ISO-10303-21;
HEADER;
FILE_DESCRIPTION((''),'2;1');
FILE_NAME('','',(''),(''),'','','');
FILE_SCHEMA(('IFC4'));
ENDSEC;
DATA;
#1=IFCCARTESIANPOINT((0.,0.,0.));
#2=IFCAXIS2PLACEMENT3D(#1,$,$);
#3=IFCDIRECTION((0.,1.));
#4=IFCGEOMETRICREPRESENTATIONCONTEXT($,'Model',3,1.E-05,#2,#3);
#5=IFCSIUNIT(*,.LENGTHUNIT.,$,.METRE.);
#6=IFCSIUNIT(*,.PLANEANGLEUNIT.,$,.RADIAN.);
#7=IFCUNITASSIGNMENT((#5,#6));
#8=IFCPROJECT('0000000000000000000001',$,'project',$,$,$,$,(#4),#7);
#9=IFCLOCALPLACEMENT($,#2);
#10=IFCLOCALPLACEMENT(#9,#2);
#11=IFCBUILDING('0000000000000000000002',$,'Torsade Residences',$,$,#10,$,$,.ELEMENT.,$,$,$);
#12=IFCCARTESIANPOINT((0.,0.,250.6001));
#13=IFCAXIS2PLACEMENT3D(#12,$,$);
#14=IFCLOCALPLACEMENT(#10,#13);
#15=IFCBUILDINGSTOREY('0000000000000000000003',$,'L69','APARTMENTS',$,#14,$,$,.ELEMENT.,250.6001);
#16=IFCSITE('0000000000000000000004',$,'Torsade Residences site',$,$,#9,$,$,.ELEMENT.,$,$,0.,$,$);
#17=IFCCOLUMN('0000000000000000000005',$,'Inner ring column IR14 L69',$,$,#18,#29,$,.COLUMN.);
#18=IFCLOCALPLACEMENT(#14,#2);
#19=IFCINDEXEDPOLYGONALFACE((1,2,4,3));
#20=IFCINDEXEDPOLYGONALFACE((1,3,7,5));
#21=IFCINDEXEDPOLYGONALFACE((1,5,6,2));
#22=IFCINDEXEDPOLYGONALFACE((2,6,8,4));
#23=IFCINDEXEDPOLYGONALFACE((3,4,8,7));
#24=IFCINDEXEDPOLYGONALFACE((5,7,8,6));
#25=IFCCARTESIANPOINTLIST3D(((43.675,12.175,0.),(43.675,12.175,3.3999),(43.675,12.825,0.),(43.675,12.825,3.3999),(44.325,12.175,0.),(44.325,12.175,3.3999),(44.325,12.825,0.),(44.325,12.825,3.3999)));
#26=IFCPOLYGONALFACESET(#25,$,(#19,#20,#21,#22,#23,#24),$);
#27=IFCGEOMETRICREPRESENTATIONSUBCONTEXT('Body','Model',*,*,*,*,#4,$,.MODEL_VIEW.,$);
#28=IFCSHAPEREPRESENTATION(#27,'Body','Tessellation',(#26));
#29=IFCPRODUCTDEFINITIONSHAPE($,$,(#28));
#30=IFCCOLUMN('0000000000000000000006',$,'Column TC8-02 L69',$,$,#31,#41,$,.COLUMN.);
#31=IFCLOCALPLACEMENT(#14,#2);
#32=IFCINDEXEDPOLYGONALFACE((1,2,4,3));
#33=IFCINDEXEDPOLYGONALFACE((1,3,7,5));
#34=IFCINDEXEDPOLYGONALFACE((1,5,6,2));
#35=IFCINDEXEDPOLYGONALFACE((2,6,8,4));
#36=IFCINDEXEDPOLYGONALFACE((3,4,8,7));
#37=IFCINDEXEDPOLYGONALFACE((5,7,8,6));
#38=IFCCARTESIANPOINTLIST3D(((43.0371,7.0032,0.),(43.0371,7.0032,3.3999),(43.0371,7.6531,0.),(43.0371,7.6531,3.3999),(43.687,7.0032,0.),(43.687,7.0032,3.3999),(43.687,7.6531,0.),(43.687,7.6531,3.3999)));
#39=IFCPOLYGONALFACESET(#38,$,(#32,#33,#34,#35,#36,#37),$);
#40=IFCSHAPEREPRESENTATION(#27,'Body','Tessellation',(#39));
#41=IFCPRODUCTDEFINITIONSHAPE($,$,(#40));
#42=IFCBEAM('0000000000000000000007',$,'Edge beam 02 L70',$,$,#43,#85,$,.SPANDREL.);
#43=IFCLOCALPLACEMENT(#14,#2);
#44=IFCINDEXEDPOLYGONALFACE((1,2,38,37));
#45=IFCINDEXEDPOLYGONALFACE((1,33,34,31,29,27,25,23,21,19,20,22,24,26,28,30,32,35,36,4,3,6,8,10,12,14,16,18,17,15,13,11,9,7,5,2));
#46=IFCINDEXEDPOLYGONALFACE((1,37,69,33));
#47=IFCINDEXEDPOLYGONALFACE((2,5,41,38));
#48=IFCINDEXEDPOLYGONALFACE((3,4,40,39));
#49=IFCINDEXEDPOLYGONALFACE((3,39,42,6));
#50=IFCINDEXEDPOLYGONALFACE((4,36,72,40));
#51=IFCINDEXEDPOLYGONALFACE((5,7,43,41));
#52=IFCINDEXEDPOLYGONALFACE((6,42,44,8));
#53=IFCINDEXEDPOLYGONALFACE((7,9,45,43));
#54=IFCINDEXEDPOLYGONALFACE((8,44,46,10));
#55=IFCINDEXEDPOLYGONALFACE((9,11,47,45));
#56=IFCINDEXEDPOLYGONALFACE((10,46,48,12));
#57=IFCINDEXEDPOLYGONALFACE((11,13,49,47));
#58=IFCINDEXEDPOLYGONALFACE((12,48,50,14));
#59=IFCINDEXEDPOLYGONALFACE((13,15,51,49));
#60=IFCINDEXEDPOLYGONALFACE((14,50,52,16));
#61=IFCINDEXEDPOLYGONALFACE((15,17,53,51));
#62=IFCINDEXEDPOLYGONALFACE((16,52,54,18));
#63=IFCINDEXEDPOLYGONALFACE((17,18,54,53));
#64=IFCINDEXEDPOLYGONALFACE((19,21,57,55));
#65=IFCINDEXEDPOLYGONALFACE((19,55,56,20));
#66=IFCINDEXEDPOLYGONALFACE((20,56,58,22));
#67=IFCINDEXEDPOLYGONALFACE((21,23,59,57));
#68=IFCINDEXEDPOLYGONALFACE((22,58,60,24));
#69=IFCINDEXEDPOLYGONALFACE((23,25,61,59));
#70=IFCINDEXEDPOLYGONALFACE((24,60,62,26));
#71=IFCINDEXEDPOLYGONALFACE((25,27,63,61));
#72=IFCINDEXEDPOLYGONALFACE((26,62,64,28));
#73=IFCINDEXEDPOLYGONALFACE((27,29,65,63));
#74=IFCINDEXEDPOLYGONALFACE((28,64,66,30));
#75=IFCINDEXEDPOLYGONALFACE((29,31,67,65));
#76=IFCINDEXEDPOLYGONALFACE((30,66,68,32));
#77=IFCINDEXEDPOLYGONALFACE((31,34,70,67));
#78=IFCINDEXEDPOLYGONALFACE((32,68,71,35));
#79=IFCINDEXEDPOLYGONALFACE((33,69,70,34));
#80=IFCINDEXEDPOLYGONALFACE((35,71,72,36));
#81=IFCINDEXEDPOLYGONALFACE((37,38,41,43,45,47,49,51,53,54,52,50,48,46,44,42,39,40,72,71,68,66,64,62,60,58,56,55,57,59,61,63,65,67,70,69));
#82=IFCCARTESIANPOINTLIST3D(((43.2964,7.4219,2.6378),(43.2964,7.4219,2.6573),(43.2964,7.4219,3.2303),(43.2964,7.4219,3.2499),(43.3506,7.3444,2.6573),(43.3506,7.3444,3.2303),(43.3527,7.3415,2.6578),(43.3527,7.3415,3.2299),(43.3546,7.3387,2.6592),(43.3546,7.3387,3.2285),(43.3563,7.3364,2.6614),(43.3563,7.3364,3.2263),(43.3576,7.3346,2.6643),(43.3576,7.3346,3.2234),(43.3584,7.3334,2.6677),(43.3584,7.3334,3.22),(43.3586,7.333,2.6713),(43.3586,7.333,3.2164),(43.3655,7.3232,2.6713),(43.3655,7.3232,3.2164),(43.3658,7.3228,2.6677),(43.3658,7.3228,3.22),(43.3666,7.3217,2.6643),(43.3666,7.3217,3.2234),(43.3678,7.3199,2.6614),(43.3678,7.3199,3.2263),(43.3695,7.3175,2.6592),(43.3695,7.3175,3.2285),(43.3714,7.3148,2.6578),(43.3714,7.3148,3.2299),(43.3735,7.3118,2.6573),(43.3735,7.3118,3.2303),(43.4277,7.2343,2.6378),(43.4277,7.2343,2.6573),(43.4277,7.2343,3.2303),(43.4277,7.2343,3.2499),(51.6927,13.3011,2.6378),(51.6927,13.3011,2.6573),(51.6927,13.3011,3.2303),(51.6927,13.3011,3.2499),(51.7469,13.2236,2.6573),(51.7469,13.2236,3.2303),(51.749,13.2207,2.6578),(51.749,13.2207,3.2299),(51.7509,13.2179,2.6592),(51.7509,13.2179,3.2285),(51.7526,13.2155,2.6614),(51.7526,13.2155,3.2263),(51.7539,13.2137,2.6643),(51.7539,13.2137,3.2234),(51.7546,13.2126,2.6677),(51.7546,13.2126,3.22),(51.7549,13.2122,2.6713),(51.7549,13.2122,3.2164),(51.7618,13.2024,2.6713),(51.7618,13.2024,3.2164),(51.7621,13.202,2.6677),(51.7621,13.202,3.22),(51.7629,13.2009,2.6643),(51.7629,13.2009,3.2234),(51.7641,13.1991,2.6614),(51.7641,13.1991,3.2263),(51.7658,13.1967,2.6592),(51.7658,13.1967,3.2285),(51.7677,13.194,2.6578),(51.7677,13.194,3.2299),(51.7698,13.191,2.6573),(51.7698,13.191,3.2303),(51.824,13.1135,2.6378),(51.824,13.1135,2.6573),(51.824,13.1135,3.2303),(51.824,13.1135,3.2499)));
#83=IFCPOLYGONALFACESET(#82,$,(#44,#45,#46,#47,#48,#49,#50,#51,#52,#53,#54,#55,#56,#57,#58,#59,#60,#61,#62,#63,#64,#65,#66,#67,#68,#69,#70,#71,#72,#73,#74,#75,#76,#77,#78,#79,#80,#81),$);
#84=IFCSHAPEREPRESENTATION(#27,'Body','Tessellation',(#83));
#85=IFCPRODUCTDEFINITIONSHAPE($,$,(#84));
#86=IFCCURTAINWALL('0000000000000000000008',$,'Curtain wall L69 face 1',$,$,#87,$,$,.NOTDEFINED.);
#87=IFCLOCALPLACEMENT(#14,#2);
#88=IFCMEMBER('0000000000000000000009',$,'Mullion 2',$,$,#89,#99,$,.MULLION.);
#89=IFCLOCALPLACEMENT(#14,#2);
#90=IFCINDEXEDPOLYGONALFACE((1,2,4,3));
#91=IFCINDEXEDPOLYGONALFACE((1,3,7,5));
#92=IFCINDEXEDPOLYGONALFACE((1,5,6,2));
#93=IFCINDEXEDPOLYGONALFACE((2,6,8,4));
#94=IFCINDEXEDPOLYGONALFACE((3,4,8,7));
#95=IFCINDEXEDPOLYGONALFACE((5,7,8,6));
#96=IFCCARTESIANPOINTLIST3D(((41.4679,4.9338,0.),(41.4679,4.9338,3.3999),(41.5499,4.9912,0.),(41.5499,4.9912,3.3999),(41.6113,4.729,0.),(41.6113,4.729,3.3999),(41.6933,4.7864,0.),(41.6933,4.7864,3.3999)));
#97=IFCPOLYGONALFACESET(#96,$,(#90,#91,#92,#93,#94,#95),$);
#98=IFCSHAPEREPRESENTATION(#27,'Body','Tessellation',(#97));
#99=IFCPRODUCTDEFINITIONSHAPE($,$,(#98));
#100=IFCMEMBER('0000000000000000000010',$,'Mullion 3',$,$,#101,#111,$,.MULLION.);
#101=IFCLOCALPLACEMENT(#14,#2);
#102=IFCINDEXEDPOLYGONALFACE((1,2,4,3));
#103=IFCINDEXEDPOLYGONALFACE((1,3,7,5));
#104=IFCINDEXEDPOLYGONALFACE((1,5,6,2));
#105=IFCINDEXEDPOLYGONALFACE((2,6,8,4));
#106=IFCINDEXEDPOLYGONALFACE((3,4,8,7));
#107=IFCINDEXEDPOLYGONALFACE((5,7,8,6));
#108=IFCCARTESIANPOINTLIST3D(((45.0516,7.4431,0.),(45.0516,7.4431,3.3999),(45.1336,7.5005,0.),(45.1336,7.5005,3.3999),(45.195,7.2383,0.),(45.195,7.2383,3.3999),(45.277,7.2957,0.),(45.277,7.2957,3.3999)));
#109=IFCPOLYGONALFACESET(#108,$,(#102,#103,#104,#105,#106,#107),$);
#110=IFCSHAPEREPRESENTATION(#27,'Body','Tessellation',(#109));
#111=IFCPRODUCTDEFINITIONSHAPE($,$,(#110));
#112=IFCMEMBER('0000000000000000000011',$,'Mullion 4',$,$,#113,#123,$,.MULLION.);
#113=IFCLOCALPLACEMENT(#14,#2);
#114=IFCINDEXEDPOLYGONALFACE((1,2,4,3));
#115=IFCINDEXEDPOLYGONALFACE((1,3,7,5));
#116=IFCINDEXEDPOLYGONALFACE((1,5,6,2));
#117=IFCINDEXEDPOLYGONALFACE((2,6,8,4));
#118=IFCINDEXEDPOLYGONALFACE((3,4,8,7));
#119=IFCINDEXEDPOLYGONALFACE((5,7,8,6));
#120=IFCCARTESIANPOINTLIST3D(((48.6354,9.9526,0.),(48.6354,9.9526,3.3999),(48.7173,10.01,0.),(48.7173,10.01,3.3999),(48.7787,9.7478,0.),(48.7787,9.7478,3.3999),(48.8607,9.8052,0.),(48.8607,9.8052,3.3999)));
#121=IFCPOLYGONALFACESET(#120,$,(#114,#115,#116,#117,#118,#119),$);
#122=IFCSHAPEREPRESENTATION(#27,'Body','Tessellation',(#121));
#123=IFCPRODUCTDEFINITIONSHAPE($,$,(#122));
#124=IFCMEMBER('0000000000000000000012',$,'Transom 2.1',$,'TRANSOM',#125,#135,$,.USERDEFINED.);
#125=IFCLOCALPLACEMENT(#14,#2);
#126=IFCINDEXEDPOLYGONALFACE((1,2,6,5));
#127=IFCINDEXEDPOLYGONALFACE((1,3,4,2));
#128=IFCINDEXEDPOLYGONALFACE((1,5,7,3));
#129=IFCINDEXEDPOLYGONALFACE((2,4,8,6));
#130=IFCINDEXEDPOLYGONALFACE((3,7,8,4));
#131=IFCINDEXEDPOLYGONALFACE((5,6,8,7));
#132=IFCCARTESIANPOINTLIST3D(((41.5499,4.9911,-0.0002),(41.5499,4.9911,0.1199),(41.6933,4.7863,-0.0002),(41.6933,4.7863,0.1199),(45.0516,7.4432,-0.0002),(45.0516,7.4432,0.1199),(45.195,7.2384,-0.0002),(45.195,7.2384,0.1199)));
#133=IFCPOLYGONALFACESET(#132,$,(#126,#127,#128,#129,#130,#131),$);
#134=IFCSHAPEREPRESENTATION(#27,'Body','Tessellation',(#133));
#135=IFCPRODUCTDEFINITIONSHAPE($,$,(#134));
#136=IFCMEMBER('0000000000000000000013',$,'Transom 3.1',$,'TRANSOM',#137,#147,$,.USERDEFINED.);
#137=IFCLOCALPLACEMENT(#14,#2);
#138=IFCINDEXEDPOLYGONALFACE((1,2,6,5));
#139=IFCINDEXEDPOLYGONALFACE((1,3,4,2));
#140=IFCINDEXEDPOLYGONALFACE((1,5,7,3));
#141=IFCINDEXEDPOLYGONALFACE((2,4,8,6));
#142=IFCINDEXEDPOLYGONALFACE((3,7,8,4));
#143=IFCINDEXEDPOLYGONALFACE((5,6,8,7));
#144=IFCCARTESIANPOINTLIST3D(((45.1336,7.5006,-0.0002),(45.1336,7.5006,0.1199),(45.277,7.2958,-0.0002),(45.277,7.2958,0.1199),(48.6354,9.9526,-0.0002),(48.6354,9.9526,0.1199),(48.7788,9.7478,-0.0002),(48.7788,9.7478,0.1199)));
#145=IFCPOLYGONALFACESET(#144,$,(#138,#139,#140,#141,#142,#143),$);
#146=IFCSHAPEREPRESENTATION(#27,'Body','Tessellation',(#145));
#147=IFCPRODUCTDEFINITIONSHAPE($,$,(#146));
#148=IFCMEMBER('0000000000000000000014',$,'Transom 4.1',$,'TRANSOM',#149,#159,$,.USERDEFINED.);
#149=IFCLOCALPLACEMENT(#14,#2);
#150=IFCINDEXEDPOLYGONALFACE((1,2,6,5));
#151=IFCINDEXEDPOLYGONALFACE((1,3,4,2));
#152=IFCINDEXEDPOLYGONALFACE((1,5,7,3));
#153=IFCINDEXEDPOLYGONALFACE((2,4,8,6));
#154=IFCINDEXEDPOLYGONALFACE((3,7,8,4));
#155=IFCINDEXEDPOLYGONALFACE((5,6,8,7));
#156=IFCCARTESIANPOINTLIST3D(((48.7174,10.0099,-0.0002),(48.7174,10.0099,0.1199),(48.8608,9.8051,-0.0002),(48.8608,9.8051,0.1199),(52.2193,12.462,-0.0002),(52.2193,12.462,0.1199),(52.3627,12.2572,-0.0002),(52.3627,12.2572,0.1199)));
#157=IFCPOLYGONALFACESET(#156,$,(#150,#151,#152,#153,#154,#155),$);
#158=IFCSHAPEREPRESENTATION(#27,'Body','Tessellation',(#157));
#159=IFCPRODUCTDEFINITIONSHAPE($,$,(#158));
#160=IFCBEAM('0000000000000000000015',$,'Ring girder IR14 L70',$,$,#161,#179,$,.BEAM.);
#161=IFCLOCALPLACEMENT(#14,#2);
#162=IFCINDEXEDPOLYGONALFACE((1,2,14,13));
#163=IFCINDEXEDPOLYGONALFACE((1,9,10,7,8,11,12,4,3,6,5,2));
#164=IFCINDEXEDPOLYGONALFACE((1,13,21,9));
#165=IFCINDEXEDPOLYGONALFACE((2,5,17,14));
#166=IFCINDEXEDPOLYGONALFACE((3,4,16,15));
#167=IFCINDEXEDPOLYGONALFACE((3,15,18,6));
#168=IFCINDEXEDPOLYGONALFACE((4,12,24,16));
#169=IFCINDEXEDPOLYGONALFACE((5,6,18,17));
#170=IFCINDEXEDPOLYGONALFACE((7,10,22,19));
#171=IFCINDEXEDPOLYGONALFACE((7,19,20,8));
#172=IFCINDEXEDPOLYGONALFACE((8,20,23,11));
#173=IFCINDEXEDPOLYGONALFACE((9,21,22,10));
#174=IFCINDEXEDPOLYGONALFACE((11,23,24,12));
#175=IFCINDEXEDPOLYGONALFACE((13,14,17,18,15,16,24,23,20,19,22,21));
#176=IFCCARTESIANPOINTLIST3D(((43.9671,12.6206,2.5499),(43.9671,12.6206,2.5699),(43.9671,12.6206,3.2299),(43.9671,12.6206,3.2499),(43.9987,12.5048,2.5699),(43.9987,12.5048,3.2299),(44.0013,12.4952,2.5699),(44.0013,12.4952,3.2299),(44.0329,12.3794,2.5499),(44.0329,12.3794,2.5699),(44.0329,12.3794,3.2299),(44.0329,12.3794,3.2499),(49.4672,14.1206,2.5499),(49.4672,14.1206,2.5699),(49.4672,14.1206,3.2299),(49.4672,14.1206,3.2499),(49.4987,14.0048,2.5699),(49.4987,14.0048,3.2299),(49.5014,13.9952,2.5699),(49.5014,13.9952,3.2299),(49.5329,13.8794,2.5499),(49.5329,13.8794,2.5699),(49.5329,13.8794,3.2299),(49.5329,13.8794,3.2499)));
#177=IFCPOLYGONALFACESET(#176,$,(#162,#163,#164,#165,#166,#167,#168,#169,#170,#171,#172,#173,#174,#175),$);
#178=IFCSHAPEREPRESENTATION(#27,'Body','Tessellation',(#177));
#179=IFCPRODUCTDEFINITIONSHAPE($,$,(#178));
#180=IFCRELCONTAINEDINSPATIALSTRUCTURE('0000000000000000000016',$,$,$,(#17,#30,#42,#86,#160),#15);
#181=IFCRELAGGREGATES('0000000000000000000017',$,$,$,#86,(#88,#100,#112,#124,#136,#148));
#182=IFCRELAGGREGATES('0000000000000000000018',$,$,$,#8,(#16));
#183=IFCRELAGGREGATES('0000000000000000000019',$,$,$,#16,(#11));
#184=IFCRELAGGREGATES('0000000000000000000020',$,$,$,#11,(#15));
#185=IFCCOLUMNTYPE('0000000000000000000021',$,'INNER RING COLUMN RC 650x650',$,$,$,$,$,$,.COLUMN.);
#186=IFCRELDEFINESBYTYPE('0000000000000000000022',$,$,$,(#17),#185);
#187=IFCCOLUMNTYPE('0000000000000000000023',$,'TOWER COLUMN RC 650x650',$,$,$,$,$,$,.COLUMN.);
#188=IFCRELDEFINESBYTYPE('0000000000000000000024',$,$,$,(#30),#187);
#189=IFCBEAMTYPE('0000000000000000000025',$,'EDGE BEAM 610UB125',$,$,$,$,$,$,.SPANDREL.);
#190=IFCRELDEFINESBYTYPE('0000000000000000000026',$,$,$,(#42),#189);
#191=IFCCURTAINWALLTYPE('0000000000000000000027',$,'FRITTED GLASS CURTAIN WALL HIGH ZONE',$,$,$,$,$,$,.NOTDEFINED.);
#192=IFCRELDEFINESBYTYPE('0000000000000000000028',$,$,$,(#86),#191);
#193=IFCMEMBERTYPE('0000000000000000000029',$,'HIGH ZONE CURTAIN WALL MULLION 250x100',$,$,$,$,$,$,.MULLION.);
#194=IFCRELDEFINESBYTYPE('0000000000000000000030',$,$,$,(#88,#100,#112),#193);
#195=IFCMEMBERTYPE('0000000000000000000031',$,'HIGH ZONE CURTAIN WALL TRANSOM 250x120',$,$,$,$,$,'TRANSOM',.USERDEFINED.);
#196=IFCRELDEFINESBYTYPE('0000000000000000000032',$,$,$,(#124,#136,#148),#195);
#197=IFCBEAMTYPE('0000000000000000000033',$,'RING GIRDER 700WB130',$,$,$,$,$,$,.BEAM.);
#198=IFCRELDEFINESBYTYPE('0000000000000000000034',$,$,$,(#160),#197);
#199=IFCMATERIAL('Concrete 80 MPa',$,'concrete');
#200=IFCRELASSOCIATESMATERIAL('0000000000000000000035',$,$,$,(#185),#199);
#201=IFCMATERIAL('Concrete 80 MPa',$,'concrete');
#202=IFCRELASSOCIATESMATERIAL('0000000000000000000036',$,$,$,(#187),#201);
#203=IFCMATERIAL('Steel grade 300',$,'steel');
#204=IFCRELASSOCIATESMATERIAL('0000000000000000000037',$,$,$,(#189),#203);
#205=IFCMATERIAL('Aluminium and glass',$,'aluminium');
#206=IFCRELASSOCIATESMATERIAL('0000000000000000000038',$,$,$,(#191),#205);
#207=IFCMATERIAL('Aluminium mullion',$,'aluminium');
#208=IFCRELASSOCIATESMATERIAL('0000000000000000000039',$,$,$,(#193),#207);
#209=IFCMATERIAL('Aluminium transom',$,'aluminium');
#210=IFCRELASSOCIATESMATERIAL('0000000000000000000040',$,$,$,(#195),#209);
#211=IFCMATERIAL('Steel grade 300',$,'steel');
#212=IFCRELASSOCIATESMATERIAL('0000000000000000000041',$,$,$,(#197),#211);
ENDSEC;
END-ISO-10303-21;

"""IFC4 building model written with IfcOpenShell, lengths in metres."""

from ifc_helpers import new_model, si_unit, direction, frame, origin, origin_2d, place, context, subcontext, project, spatial, rectangle, i_section, extrude, material, material_profile, profile_set, type_object, element, aggregate, save


model = new_model("IFC4")

# Units and contexts
model_context = context("Model", 3, precision=1e-05, world=origin(), true_north=direction((0.0, 1.0)))
body_context = subcontext(model_context, "Body", "Model", "MODEL_VIEW")
ifc_project = project(units=[si_unit("LENGTHUNIT", "METRE"), si_unit("PLANEANGLEUNIT", "RADIAN")], contexts=[model_context])

# Site, building, storey
site_placement = place(None, origin())
site = spatial("IfcSite", under=ifc_project, at=site_placement, Name="Torsade Residences site", CompositionType="ELEMENT", RefElevation=0.0)
building_placement = place(site_placement, origin())
building = spatial("IfcBuilding", under=site, at=building_placement, Name="Torsade Residences", CompositionType="ELEMENT")
storey_placement = place(building_placement, frame((0.0, 0.0, 250.6001)))
storey = spatial("IfcBuildingStorey", under=building, at=storey_placement, Name="L69", Description="APARTMENTS", CompositionType="ELEMENT", Elevation=250.6001)

# Columns
ifc_material_1 = material(Name="Concrete 80 MPa", Category="concrete")
ifc_material_profile_1 = material_profile(ifc_material_1, rectangle(XDim=0.6499, YDim=0.6499, at=origin_2d()), Name="RC 650x650")
ifc_profile_set_1 = profile_set([ifc_material_profile_1], Name="Concrete 80 MPa")
column_type_1 = type_object("IfcColumnType", Name="INNER RING COLUMN RC 650x650", PredefinedType="COLUMN", material=ifc_profile_set_1)
column_1_placement = place(storey_placement, frame((44.0, 12.5, 0.0), z_axis=(0.0, 0.0, 1.0), x_axis=(1.0, 0.0, 0.0)))
element("IfcColumn", 1, at=column_1_placement, inside=storey, type_object=column_type_1, Name="Inner ring column IR14 L69", PredefinedType="COLUMN", context=body_context, shape_type="SweptSolid", body=[
    extrude(rectangle(XDim=0.6499, YDim=0.6499, at=origin_2d()), origin(), (0.0, 0.0, 1.0), 3.3999),
])
ifc_material_2 = material(Name="Concrete 80 MPa", Category="concrete")
ifc_material_profile_2 = material_profile(ifc_material_2, rectangle(XDim=0.6499, YDim=0.6499, at=origin_2d()), Name="RC 650x650")
ifc_profile_set_2 = profile_set([ifc_material_profile_2], Name="Concrete 80 MPa")
column_type_2 = type_object("IfcColumnType", Name="TOWER COLUMN RC 650x650", PredefinedType="COLUMN", material=ifc_profile_set_2)
column_2_placement = place(storey_placement, frame((43.3621, 7.3281, 0.0), z_axis=(0.0, 0.0, 1.0), x_axis=(1.0, 0.0, 0.0)))
element("IfcColumn", 2, at=column_2_placement, inside=storey, type_object=column_type_2, Name="Column TC8-02 L69", PredefinedType="COLUMN", context=body_context, shape_type="SweptSolid", body=[
    extrude(rectangle(XDim=0.6499, YDim=0.6499, at=origin_2d()), origin(), (0.0, 0.0, 1.0), 3.3999),
])

# Beam
ifc_material_3 = material(Name="Steel grade 300", Category="steel")
ifc_material_profile_3 = material_profile(ifc_material_3, i_section(OverallWidth=0.229, OverallDepth=0.6121, WebThickness=0.012, FlangeThickness=0.0195, FilletRadius=0.0139, at=origin_2d()), Name="610UB125")
ifc_profile_set_3 = profile_set([ifc_material_profile_3], Name="Steel grade 300")
beam_type_1 = type_object("IfcBeamType", Name="EDGE BEAM 610UB125", PredefinedType="SPANDREL", material=ifc_profile_set_3)
beam_1_placement = place(storey_placement, frame((43.3621, 7.3281, 2.9438), z_axis=(0.81915, 0.573579, 0.0), x_axis=(-0.573579, 0.81915, 0.0)))
element("IfcBeam", 3, at=beam_1_placement, inside=storey, type_object=beam_type_1, Name="Edge beam 02 L70", PredefinedType="SPANDREL", context=body_context, shape_type="SweptSolid", body=[
    extrude(i_section(OverallWidth=0.229, OverallDepth=0.6121, WebThickness=0.012, FlangeThickness=0.0195, FilletRadius=0.0139, at=origin_2d()), origin(), (0.0, 0.0, 1.0), 10.25),
])

# Curtain wall, members
ifc_material_4 = material(Name="Aluminium and glass", Category="aluminium")
curtain_wall_type = type_object("IfcCurtainWallType", Name="FRITTED GLASS CURTAIN WALL HIGH ZONE", PredefinedType="NOTDEFINED", material=ifc_material_4)
curtain_wall_placement = place(storey_placement, origin())
curtain_wall = element("IfcCurtainWall", 4, at=curtain_wall_placement, inside=storey, type_object=curtain_wall_type, Name="Curtain wall L69 face 1", PredefinedType="NOTDEFINED")
ifc_material_5 = material(Name="Aluminium mullion", Category="aluminium")
ifc_material_profile_4 = material_profile(ifc_material_5, rectangle(XDim=0.25, YDim=0.1001, at=origin_2d()), Name="HIGH ZONE CURTAIN WALL MULLION 250x100")
ifc_profile_set_4 = profile_set([ifc_material_profile_4], Name="Aluminium mullion")
member_type_1 = type_object("IfcMemberType", Name="HIGH ZONE CURTAIN WALL MULLION 250x100", PredefinedType="MULLION", material=ifc_profile_set_4)
member_1_placement = place(storey_placement, frame((41.5806, 4.8601, 0.0), z_axis=(0.0, 0.0, 1.0), x_axis=(-0.573576, 0.819152, 0.0)))
member_1 = element("IfcMember", 5, at=member_1_placement, type_object=member_type_1, Name="Mullion 2", PredefinedType="MULLION", context=body_context, shape_type="SweptSolid", body=[
    extrude(rectangle(XDim=0.25, YDim=0.1001, at=origin_2d()), origin(), (0.0, 0.0, 1.0), 3.3999),
])
member_2_placement = place(storey_placement, frame((45.1643, 7.3694, 0.0), z_axis=(0.0, 0.0, 1.0), x_axis=(-0.573576, 0.819152, 0.0)))
member_2 = element("IfcMember", 6, at=member_2_placement, type_object=member_type_1, Name="Mullion 3", PredefinedType="MULLION", context=body_context, shape_type="SweptSolid", body=[
    extrude(rectangle(XDim=0.25, YDim=0.1001, at=origin_2d()), origin(), (0.0, 0.0, 1.0), 3.3999),
])
member_3_placement = place(storey_placement, frame((48.748, 9.8789, 0.0), z_axis=(0.0, 0.0, 1.0), x_axis=(-0.573576, 0.819152, 0.0)))
member_3 = element("IfcMember", 7, at=member_3_placement, type_object=member_type_1, Name="Mullion 4", PredefinedType="MULLION", context=body_context, shape_type="SweptSolid", body=[
    extrude(rectangle(XDim=0.25, YDim=0.1001, at=origin_2d()), origin(), (0.0, 0.0, 1.0), 3.3999),
])
ifc_material_6 = material(Name="Aluminium transom", Category="aluminium")
ifc_material_profile_5 = material_profile(ifc_material_6, rectangle(XDim=0.25, YDim=0.1201, at=origin_2d()), Name="HIGH ZONE CURTAIN WALL TRANSOM 250x120")
ifc_profile_set_5 = profile_set([ifc_material_profile_5], Name="Aluminium transom")
member_type_2 = type_object("IfcMemberType", Name="HIGH ZONE CURTAIN WALL TRANSOM 250x120", ElementType="TRANSOM", PredefinedType="USERDEFINED", material=ifc_profile_set_5)
member_4_placement = place(storey_placement, frame((41.6216, 4.8887, 0.0598), z_axis=(0.819127, 0.573612, 0.0), x_axis=(-0.573612, 0.819127, 0.0)))
member_4 = element("IfcMember", 8, at=member_4_placement, type_object=member_type_2, Name="Transom 2.1", ObjectType="TRANSOM", PredefinedType="USERDEFINED", context=body_context, shape_type="SweptSolid", body=[
    extrude(rectangle(XDim=0.25, YDim=0.1201, at=origin_2d()), origin(), (0.0, 0.0, 1.0), 4.2749),
])
member_5_placement = place(storey_placement, frame((45.2053, 7.3982, 0.0598), z_axis=(0.819154, 0.573573, 0.0), x_axis=(-0.573573, 0.819154, 0.0)))
member_5 = element("IfcMember", 9, at=member_5_placement, type_object=member_type_2, Name="Transom 3.1", ObjectType="TRANSOM", PredefinedType="USERDEFINED", context=body_context, shape_type="SweptSolid", body=[
    extrude(rectangle(XDim=0.25, YDim=0.1201, at=origin_2d()), origin(), (0.0, 0.0, 1.0), 4.2749),
])
member_6_placement = place(storey_placement, frame((48.7891, 9.9075, 0.0598), z_axis=(0.819146, 0.573585, 0.0), x_axis=(-0.573585, 0.819146, 0.0)))
member_6 = element("IfcMember", 10, at=member_6_placement, type_object=member_type_2, Name="Transom 4.1", ObjectType="TRANSOM", PredefinedType="USERDEFINED", context=body_context, shape_type="SweptSolid", body=[
    extrude(rectangle(XDim=0.25, YDim=0.1201, at=origin_2d()), origin(), (0.0, 0.0, 1.0), 4.2751),
])

# Beam
ifc_material_7 = material(Name="Steel grade 300", Category="steel")
ifc_material_profile_6 = material_profile(ifc_material_7, i_section(OverallWidth=0.25, OverallDepth=0.7, WebThickness=0.01, FlangeThickness=0.02, at=origin_2d()), Name="700WB130")
ifc_profile_set_6 = profile_set([ifc_material_profile_6], Name="Steel grade 300")
beam_type_2 = type_object("IfcBeamType", Name="RING GIRDER 700WB130", PredefinedType="BEAM", material=ifc_profile_set_6)
beam_2_placement = place(storey_placement, frame((44.0, 12.5, 2.8999), z_axis=(0.964764, 0.263117, 0.0), x_axis=(-0.263117, 0.964764, 0.0)))
element("IfcBeam", 11, at=beam_2_placement, inside=storey, type_object=beam_type_2, Name="Ring girder IR14 L70", PredefinedType="BEAM", context=body_context, shape_type="SweptSolid", body=[
    extrude(i_section(OverallWidth=0.25, OverallDepth=0.7, WebThickness=0.01, FlangeThickness=0.02, at=origin_2d()), origin(), (0.0, 0.0, 1.0), 5.7009),
])

aggregate(curtain_wall, [member_1, member_2, member_3, member_4, member_5, member_6])

save(model, "model.ifc")
